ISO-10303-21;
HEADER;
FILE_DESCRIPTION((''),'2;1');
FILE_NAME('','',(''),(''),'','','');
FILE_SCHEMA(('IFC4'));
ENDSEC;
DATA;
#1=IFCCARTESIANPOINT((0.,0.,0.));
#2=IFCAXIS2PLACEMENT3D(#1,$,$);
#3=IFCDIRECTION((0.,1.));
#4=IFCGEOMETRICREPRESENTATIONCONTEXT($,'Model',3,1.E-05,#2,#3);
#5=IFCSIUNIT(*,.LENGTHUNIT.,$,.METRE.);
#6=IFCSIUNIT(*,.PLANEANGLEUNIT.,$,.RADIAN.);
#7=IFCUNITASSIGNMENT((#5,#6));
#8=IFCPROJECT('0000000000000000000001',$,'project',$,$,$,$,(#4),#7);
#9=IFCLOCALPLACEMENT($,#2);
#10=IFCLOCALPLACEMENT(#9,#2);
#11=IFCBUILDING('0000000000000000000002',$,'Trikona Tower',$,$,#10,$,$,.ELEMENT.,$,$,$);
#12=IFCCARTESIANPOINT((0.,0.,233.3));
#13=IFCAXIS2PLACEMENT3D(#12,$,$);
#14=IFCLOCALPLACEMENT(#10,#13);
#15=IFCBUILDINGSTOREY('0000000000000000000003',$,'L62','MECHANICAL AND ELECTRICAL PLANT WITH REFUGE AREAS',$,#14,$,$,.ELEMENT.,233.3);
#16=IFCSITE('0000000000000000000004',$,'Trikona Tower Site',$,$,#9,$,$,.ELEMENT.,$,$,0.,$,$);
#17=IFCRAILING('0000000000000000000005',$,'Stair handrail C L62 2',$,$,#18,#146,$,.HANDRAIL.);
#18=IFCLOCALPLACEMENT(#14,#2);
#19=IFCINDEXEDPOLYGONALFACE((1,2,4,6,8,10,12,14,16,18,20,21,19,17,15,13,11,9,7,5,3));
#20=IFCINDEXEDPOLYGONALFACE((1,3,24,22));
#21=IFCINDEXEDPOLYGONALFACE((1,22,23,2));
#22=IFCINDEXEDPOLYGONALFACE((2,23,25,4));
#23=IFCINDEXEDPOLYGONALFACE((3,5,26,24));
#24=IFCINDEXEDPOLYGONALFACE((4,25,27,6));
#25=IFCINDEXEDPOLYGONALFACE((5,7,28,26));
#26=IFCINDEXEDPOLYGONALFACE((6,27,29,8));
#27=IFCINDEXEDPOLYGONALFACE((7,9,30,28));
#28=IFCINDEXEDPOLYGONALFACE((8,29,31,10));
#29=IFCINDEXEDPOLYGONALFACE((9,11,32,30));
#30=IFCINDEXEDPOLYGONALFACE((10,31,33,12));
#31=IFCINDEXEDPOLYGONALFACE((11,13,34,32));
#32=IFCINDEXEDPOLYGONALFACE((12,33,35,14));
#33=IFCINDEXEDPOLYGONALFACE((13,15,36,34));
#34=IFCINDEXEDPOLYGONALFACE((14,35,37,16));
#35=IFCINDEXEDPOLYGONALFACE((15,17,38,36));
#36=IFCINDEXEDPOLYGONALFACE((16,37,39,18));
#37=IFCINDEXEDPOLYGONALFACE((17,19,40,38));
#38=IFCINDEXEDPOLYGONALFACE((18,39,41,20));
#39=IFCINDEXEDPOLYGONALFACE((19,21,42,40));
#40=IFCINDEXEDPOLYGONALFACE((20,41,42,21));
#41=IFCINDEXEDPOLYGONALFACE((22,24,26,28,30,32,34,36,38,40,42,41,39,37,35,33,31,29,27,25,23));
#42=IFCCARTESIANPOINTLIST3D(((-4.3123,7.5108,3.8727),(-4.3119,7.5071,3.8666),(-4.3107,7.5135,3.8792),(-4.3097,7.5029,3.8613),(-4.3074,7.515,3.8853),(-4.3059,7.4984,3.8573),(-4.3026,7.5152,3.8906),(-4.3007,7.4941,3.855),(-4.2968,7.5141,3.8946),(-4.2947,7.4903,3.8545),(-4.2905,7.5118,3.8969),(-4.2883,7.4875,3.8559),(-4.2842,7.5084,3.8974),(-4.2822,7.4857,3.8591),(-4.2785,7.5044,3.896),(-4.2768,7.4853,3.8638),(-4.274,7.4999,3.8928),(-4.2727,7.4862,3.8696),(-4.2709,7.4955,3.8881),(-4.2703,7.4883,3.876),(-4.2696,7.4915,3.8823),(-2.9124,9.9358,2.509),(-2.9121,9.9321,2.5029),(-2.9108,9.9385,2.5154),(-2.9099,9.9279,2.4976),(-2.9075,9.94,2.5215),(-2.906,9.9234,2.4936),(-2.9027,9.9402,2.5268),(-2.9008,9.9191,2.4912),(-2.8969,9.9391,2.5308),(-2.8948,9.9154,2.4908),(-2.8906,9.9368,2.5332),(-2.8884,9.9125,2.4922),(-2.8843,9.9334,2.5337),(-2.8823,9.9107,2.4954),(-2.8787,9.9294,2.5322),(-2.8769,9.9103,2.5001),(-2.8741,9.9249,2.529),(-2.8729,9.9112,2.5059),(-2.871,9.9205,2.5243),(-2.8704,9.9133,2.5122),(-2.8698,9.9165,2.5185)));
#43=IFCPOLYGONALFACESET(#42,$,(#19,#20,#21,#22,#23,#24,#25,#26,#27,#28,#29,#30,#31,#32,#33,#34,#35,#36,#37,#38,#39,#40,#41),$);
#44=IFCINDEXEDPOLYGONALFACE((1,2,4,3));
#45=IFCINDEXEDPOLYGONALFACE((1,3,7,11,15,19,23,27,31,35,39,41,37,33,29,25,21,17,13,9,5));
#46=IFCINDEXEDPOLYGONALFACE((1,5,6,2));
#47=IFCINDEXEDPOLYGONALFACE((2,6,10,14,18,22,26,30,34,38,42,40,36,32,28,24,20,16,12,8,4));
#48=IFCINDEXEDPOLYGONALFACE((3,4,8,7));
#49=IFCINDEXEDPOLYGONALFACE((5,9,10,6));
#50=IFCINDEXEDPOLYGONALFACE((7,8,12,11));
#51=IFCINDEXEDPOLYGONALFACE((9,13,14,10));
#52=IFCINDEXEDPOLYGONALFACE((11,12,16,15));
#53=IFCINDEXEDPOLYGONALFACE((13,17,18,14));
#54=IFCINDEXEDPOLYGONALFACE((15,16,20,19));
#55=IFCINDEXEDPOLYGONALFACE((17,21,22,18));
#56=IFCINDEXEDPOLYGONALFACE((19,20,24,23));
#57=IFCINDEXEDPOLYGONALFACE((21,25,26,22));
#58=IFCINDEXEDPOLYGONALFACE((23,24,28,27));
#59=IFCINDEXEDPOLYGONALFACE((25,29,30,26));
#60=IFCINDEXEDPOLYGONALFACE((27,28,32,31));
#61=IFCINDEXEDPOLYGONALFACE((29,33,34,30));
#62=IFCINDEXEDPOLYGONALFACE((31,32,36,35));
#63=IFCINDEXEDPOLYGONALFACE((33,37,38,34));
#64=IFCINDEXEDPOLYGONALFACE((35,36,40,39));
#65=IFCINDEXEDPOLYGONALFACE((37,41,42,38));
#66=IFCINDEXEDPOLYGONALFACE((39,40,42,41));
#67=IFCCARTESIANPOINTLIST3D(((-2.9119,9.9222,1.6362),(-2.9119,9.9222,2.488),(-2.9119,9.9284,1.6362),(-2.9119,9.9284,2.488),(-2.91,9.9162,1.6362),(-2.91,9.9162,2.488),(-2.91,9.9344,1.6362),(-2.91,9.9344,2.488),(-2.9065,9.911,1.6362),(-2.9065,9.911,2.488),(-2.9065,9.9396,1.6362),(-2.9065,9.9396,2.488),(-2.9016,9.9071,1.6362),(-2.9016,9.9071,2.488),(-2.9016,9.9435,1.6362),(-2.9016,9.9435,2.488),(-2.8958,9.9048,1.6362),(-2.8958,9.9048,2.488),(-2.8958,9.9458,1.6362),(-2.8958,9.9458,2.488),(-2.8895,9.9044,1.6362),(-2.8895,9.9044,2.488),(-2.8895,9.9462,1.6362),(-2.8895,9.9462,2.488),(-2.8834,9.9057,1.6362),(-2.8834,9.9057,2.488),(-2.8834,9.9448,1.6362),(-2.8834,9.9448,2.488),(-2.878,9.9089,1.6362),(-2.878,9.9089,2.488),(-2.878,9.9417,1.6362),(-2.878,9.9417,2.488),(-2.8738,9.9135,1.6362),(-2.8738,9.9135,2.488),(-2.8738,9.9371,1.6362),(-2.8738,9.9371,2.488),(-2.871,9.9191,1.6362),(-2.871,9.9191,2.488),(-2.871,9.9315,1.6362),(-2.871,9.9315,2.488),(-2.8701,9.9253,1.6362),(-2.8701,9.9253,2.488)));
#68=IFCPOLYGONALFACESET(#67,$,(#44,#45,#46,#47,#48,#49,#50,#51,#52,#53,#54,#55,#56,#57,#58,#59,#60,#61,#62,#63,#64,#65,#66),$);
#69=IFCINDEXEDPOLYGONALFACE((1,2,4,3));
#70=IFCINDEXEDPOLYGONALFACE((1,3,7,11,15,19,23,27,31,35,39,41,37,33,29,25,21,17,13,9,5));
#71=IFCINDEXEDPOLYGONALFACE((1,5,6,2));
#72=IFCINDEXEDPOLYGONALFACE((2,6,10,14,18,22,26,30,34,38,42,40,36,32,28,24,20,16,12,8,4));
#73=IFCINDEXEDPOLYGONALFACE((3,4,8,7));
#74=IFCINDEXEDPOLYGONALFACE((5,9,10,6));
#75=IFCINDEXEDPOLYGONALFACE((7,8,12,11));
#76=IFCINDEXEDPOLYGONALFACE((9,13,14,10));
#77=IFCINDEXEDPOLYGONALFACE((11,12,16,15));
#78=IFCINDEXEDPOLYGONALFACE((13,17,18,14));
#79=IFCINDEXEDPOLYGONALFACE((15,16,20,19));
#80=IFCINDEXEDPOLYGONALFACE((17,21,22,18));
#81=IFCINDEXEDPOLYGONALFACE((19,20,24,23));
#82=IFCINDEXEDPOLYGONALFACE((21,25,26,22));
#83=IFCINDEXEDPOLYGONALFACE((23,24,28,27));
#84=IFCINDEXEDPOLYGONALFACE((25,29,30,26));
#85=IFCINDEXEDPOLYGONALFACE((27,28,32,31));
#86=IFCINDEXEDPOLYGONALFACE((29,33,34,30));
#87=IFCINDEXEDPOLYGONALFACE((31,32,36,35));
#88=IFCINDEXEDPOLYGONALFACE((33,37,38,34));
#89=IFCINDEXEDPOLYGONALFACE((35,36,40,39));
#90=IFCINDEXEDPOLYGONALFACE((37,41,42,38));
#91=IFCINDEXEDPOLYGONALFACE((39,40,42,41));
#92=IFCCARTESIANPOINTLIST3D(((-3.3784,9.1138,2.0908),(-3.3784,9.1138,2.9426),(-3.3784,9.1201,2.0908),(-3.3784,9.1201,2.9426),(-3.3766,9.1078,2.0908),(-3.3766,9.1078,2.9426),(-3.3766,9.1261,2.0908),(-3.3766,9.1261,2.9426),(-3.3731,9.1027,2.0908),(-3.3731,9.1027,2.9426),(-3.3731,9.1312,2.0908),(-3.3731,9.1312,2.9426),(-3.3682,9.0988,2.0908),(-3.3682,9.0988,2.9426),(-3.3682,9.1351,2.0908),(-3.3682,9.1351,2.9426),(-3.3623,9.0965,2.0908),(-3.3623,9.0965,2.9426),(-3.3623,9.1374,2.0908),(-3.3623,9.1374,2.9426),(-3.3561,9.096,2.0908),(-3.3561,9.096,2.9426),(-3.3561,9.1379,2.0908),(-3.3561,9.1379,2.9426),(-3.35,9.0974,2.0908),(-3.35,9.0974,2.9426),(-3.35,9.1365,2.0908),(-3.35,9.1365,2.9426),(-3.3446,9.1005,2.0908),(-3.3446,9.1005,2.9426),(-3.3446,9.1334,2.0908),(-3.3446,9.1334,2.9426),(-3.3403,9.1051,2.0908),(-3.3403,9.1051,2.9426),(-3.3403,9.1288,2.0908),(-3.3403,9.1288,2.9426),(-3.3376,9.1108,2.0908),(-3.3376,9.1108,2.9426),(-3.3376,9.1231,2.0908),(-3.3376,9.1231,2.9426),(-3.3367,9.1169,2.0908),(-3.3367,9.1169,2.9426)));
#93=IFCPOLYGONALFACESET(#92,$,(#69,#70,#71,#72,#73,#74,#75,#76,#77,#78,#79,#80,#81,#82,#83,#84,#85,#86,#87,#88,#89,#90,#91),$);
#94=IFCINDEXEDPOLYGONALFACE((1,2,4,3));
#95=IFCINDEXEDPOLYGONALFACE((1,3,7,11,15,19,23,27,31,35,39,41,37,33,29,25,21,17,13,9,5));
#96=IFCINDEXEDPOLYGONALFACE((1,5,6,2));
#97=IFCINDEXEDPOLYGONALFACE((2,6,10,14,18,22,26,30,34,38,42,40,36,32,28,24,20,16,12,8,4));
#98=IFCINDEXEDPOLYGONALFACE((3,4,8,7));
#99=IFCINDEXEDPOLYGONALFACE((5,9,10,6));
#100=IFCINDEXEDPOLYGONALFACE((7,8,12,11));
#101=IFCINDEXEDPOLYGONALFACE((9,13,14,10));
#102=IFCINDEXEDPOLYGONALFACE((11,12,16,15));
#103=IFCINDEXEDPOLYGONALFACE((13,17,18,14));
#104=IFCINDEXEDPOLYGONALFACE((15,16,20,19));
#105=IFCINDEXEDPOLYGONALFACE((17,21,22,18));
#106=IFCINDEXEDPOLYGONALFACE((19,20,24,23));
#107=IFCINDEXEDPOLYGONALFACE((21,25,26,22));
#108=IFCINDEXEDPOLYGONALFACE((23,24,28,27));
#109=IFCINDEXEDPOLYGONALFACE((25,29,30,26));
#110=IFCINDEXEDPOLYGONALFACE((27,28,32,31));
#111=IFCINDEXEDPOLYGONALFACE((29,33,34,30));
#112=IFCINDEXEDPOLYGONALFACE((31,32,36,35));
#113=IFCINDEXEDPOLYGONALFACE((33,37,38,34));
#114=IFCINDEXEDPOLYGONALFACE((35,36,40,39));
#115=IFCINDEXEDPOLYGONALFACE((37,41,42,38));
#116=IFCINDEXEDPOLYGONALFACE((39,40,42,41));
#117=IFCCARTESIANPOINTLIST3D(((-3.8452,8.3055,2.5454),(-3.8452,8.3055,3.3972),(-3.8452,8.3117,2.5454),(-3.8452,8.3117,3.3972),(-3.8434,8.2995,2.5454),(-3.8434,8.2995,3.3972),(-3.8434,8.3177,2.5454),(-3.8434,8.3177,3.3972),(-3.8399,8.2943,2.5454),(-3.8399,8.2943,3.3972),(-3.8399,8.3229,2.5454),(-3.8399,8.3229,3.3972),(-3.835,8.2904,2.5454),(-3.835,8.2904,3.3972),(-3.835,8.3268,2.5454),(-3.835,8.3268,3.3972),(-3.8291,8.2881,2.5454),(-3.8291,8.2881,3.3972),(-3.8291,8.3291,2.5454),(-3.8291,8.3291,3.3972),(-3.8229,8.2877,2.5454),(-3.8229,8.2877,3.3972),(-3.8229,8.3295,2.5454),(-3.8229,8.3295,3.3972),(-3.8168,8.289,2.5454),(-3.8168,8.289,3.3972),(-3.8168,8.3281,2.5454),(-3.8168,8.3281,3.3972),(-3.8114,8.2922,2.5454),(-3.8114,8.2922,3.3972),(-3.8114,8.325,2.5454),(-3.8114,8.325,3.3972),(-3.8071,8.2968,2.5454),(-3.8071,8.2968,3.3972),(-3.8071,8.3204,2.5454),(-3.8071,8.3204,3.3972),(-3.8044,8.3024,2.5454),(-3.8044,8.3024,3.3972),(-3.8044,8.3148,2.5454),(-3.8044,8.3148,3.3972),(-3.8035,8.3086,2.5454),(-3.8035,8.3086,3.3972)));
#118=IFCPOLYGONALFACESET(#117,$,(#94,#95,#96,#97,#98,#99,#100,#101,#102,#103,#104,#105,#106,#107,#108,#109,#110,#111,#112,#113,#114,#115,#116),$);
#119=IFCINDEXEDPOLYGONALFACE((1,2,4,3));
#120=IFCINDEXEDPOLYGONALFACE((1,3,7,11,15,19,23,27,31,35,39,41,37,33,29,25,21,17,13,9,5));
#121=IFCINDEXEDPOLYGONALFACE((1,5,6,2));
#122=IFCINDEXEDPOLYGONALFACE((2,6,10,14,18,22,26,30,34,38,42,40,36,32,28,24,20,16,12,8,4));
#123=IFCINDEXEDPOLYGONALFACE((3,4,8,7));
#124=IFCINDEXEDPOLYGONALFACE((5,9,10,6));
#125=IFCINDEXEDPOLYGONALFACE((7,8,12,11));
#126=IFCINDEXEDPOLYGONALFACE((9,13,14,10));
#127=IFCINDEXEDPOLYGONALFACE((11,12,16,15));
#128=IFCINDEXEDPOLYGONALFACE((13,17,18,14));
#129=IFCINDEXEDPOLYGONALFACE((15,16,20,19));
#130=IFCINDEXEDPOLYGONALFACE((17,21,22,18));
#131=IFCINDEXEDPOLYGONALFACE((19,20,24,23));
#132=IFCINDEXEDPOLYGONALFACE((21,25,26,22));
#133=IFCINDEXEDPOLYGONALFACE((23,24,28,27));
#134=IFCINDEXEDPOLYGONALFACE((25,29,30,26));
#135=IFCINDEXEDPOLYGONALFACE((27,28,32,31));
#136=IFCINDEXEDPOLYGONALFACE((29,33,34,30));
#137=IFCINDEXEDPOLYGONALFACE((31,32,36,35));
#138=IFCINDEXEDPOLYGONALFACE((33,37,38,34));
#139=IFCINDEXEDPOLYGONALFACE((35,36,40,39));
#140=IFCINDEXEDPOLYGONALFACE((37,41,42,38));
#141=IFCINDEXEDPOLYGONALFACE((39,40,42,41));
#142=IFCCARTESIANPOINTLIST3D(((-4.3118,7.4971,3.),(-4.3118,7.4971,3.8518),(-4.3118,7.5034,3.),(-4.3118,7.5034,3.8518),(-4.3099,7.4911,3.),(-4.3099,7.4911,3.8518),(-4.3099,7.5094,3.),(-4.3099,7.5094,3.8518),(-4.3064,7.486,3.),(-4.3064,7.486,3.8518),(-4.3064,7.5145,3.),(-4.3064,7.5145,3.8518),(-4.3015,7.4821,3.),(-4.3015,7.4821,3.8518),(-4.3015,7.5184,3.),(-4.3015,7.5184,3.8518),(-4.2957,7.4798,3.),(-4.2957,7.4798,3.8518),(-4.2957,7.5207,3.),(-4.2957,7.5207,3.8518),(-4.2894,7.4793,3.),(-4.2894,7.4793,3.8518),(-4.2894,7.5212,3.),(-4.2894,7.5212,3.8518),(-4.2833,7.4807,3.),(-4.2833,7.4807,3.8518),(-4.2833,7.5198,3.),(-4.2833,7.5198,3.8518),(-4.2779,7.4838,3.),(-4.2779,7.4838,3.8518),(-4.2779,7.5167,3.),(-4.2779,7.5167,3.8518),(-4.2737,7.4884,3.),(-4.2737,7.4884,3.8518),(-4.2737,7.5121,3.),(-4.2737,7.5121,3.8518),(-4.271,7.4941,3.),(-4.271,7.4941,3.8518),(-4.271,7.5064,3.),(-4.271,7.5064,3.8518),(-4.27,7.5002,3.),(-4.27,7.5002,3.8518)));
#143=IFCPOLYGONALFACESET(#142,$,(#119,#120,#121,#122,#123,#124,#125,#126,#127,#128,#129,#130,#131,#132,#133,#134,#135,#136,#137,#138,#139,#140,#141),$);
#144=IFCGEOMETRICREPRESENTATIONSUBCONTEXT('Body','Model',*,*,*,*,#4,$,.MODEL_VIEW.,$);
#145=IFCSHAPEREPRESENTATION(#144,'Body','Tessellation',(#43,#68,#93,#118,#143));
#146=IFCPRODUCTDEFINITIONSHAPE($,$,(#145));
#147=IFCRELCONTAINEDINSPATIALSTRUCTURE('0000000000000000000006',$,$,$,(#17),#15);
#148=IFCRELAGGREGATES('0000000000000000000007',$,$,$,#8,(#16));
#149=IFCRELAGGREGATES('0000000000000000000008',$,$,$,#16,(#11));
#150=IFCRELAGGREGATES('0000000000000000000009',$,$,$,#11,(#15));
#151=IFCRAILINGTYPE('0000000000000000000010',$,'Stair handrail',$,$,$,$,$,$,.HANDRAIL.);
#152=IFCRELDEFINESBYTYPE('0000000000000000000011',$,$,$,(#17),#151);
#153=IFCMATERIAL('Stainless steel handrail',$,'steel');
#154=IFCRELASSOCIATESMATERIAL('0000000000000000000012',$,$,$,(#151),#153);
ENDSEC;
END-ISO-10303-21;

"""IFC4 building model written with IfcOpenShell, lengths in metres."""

from ifc_helpers import new_model, si_unit, direction, frame, origin, origin_2d, place, context, subcontext, project, spatial, circle, extrude, material, type_object, element, save


model = new_model("IFC4")

# Units and contexts
model_context = context("Model", 3, precision=1e-05, world=origin(), true_north=direction((0.0, 1.0)))
body_context = subcontext(model_context, "Body", "Model", "MODEL_VIEW")
ifc_project = project(units=[si_unit("LENGTHUNIT", "METRE"), si_unit("PLANEANGLEUNIT", "RADIAN")], contexts=[model_context])

# Site, building, storey
site_placement = place(None, origin())
site = spatial("IfcSite", under=ifc_project, at=site_placement, Name="Trikona Tower Site", CompositionType="ELEMENT", RefElevation=0.0)
building_placement = place(site_placement, origin())
building = spatial("IfcBuilding", under=site, at=building_placement, Name="Trikona Tower", CompositionType="ELEMENT")
storey_placement = place(building_placement, frame((0.0, 0.0, 233.3)))
storey = spatial("IfcBuildingStorey", under=building, at=storey_placement, Name="L62", Description="MECHANICAL AND ELECTRICAL PLANT WITH REFUGE AREAS", CompositionType="ELEMENT", Elevation=233.3)

# Railing
ifc_material_1 = material(Name="Stainless steel handrail", Category="steel")
railing_type = type_object("IfcRailingType", Name="Stair handrail", PredefinedType="HANDRAIL", material=ifc_material_1)
railing_1_placement = place(storey_placement, frame((-2.8911, 9.9253, 1.6362)))
element("IfcRailing", 1, at=railing_1_placement, inside=storey, type_object=railing_type, Name="Stair handrail C L62 2", PredefinedType="HANDRAIL", context=body_context, shape_type="SweptSolid", body=[
    extrude(circle(Radius=0.0239, at=origin_2d()), frame((0.0, 0.0, 0.876), z_axis=(-0.449471, -0.778618, 0.43787), x_axis=(0.866056, -0.499946, 0.0)), (0.0, 0.0, 1.0), 3.1145),
    extrude(circle(Radius=0.021, at=origin_2d()), origin(), (0.0, 0.0, 1.0), 0.8518),
    extrude(circle(Radius=0.021, at=origin_2d()), frame((-0.4666, -0.8083, 0.4546)), (0.0, 0.0, 1.0), 0.8518),
    extrude(circle(Radius=0.021, at=origin_2d()), frame((-0.9333, -1.6167, 0.9092)), (0.0, 0.0, 1.0), 0.8518),
    extrude(circle(Radius=0.021, at=origin_2d()), frame((-1.3999, -2.425, 1.3638)), (0.0, 0.0, 1.0), 0.8518),
])

save(model, "model.ifc")
